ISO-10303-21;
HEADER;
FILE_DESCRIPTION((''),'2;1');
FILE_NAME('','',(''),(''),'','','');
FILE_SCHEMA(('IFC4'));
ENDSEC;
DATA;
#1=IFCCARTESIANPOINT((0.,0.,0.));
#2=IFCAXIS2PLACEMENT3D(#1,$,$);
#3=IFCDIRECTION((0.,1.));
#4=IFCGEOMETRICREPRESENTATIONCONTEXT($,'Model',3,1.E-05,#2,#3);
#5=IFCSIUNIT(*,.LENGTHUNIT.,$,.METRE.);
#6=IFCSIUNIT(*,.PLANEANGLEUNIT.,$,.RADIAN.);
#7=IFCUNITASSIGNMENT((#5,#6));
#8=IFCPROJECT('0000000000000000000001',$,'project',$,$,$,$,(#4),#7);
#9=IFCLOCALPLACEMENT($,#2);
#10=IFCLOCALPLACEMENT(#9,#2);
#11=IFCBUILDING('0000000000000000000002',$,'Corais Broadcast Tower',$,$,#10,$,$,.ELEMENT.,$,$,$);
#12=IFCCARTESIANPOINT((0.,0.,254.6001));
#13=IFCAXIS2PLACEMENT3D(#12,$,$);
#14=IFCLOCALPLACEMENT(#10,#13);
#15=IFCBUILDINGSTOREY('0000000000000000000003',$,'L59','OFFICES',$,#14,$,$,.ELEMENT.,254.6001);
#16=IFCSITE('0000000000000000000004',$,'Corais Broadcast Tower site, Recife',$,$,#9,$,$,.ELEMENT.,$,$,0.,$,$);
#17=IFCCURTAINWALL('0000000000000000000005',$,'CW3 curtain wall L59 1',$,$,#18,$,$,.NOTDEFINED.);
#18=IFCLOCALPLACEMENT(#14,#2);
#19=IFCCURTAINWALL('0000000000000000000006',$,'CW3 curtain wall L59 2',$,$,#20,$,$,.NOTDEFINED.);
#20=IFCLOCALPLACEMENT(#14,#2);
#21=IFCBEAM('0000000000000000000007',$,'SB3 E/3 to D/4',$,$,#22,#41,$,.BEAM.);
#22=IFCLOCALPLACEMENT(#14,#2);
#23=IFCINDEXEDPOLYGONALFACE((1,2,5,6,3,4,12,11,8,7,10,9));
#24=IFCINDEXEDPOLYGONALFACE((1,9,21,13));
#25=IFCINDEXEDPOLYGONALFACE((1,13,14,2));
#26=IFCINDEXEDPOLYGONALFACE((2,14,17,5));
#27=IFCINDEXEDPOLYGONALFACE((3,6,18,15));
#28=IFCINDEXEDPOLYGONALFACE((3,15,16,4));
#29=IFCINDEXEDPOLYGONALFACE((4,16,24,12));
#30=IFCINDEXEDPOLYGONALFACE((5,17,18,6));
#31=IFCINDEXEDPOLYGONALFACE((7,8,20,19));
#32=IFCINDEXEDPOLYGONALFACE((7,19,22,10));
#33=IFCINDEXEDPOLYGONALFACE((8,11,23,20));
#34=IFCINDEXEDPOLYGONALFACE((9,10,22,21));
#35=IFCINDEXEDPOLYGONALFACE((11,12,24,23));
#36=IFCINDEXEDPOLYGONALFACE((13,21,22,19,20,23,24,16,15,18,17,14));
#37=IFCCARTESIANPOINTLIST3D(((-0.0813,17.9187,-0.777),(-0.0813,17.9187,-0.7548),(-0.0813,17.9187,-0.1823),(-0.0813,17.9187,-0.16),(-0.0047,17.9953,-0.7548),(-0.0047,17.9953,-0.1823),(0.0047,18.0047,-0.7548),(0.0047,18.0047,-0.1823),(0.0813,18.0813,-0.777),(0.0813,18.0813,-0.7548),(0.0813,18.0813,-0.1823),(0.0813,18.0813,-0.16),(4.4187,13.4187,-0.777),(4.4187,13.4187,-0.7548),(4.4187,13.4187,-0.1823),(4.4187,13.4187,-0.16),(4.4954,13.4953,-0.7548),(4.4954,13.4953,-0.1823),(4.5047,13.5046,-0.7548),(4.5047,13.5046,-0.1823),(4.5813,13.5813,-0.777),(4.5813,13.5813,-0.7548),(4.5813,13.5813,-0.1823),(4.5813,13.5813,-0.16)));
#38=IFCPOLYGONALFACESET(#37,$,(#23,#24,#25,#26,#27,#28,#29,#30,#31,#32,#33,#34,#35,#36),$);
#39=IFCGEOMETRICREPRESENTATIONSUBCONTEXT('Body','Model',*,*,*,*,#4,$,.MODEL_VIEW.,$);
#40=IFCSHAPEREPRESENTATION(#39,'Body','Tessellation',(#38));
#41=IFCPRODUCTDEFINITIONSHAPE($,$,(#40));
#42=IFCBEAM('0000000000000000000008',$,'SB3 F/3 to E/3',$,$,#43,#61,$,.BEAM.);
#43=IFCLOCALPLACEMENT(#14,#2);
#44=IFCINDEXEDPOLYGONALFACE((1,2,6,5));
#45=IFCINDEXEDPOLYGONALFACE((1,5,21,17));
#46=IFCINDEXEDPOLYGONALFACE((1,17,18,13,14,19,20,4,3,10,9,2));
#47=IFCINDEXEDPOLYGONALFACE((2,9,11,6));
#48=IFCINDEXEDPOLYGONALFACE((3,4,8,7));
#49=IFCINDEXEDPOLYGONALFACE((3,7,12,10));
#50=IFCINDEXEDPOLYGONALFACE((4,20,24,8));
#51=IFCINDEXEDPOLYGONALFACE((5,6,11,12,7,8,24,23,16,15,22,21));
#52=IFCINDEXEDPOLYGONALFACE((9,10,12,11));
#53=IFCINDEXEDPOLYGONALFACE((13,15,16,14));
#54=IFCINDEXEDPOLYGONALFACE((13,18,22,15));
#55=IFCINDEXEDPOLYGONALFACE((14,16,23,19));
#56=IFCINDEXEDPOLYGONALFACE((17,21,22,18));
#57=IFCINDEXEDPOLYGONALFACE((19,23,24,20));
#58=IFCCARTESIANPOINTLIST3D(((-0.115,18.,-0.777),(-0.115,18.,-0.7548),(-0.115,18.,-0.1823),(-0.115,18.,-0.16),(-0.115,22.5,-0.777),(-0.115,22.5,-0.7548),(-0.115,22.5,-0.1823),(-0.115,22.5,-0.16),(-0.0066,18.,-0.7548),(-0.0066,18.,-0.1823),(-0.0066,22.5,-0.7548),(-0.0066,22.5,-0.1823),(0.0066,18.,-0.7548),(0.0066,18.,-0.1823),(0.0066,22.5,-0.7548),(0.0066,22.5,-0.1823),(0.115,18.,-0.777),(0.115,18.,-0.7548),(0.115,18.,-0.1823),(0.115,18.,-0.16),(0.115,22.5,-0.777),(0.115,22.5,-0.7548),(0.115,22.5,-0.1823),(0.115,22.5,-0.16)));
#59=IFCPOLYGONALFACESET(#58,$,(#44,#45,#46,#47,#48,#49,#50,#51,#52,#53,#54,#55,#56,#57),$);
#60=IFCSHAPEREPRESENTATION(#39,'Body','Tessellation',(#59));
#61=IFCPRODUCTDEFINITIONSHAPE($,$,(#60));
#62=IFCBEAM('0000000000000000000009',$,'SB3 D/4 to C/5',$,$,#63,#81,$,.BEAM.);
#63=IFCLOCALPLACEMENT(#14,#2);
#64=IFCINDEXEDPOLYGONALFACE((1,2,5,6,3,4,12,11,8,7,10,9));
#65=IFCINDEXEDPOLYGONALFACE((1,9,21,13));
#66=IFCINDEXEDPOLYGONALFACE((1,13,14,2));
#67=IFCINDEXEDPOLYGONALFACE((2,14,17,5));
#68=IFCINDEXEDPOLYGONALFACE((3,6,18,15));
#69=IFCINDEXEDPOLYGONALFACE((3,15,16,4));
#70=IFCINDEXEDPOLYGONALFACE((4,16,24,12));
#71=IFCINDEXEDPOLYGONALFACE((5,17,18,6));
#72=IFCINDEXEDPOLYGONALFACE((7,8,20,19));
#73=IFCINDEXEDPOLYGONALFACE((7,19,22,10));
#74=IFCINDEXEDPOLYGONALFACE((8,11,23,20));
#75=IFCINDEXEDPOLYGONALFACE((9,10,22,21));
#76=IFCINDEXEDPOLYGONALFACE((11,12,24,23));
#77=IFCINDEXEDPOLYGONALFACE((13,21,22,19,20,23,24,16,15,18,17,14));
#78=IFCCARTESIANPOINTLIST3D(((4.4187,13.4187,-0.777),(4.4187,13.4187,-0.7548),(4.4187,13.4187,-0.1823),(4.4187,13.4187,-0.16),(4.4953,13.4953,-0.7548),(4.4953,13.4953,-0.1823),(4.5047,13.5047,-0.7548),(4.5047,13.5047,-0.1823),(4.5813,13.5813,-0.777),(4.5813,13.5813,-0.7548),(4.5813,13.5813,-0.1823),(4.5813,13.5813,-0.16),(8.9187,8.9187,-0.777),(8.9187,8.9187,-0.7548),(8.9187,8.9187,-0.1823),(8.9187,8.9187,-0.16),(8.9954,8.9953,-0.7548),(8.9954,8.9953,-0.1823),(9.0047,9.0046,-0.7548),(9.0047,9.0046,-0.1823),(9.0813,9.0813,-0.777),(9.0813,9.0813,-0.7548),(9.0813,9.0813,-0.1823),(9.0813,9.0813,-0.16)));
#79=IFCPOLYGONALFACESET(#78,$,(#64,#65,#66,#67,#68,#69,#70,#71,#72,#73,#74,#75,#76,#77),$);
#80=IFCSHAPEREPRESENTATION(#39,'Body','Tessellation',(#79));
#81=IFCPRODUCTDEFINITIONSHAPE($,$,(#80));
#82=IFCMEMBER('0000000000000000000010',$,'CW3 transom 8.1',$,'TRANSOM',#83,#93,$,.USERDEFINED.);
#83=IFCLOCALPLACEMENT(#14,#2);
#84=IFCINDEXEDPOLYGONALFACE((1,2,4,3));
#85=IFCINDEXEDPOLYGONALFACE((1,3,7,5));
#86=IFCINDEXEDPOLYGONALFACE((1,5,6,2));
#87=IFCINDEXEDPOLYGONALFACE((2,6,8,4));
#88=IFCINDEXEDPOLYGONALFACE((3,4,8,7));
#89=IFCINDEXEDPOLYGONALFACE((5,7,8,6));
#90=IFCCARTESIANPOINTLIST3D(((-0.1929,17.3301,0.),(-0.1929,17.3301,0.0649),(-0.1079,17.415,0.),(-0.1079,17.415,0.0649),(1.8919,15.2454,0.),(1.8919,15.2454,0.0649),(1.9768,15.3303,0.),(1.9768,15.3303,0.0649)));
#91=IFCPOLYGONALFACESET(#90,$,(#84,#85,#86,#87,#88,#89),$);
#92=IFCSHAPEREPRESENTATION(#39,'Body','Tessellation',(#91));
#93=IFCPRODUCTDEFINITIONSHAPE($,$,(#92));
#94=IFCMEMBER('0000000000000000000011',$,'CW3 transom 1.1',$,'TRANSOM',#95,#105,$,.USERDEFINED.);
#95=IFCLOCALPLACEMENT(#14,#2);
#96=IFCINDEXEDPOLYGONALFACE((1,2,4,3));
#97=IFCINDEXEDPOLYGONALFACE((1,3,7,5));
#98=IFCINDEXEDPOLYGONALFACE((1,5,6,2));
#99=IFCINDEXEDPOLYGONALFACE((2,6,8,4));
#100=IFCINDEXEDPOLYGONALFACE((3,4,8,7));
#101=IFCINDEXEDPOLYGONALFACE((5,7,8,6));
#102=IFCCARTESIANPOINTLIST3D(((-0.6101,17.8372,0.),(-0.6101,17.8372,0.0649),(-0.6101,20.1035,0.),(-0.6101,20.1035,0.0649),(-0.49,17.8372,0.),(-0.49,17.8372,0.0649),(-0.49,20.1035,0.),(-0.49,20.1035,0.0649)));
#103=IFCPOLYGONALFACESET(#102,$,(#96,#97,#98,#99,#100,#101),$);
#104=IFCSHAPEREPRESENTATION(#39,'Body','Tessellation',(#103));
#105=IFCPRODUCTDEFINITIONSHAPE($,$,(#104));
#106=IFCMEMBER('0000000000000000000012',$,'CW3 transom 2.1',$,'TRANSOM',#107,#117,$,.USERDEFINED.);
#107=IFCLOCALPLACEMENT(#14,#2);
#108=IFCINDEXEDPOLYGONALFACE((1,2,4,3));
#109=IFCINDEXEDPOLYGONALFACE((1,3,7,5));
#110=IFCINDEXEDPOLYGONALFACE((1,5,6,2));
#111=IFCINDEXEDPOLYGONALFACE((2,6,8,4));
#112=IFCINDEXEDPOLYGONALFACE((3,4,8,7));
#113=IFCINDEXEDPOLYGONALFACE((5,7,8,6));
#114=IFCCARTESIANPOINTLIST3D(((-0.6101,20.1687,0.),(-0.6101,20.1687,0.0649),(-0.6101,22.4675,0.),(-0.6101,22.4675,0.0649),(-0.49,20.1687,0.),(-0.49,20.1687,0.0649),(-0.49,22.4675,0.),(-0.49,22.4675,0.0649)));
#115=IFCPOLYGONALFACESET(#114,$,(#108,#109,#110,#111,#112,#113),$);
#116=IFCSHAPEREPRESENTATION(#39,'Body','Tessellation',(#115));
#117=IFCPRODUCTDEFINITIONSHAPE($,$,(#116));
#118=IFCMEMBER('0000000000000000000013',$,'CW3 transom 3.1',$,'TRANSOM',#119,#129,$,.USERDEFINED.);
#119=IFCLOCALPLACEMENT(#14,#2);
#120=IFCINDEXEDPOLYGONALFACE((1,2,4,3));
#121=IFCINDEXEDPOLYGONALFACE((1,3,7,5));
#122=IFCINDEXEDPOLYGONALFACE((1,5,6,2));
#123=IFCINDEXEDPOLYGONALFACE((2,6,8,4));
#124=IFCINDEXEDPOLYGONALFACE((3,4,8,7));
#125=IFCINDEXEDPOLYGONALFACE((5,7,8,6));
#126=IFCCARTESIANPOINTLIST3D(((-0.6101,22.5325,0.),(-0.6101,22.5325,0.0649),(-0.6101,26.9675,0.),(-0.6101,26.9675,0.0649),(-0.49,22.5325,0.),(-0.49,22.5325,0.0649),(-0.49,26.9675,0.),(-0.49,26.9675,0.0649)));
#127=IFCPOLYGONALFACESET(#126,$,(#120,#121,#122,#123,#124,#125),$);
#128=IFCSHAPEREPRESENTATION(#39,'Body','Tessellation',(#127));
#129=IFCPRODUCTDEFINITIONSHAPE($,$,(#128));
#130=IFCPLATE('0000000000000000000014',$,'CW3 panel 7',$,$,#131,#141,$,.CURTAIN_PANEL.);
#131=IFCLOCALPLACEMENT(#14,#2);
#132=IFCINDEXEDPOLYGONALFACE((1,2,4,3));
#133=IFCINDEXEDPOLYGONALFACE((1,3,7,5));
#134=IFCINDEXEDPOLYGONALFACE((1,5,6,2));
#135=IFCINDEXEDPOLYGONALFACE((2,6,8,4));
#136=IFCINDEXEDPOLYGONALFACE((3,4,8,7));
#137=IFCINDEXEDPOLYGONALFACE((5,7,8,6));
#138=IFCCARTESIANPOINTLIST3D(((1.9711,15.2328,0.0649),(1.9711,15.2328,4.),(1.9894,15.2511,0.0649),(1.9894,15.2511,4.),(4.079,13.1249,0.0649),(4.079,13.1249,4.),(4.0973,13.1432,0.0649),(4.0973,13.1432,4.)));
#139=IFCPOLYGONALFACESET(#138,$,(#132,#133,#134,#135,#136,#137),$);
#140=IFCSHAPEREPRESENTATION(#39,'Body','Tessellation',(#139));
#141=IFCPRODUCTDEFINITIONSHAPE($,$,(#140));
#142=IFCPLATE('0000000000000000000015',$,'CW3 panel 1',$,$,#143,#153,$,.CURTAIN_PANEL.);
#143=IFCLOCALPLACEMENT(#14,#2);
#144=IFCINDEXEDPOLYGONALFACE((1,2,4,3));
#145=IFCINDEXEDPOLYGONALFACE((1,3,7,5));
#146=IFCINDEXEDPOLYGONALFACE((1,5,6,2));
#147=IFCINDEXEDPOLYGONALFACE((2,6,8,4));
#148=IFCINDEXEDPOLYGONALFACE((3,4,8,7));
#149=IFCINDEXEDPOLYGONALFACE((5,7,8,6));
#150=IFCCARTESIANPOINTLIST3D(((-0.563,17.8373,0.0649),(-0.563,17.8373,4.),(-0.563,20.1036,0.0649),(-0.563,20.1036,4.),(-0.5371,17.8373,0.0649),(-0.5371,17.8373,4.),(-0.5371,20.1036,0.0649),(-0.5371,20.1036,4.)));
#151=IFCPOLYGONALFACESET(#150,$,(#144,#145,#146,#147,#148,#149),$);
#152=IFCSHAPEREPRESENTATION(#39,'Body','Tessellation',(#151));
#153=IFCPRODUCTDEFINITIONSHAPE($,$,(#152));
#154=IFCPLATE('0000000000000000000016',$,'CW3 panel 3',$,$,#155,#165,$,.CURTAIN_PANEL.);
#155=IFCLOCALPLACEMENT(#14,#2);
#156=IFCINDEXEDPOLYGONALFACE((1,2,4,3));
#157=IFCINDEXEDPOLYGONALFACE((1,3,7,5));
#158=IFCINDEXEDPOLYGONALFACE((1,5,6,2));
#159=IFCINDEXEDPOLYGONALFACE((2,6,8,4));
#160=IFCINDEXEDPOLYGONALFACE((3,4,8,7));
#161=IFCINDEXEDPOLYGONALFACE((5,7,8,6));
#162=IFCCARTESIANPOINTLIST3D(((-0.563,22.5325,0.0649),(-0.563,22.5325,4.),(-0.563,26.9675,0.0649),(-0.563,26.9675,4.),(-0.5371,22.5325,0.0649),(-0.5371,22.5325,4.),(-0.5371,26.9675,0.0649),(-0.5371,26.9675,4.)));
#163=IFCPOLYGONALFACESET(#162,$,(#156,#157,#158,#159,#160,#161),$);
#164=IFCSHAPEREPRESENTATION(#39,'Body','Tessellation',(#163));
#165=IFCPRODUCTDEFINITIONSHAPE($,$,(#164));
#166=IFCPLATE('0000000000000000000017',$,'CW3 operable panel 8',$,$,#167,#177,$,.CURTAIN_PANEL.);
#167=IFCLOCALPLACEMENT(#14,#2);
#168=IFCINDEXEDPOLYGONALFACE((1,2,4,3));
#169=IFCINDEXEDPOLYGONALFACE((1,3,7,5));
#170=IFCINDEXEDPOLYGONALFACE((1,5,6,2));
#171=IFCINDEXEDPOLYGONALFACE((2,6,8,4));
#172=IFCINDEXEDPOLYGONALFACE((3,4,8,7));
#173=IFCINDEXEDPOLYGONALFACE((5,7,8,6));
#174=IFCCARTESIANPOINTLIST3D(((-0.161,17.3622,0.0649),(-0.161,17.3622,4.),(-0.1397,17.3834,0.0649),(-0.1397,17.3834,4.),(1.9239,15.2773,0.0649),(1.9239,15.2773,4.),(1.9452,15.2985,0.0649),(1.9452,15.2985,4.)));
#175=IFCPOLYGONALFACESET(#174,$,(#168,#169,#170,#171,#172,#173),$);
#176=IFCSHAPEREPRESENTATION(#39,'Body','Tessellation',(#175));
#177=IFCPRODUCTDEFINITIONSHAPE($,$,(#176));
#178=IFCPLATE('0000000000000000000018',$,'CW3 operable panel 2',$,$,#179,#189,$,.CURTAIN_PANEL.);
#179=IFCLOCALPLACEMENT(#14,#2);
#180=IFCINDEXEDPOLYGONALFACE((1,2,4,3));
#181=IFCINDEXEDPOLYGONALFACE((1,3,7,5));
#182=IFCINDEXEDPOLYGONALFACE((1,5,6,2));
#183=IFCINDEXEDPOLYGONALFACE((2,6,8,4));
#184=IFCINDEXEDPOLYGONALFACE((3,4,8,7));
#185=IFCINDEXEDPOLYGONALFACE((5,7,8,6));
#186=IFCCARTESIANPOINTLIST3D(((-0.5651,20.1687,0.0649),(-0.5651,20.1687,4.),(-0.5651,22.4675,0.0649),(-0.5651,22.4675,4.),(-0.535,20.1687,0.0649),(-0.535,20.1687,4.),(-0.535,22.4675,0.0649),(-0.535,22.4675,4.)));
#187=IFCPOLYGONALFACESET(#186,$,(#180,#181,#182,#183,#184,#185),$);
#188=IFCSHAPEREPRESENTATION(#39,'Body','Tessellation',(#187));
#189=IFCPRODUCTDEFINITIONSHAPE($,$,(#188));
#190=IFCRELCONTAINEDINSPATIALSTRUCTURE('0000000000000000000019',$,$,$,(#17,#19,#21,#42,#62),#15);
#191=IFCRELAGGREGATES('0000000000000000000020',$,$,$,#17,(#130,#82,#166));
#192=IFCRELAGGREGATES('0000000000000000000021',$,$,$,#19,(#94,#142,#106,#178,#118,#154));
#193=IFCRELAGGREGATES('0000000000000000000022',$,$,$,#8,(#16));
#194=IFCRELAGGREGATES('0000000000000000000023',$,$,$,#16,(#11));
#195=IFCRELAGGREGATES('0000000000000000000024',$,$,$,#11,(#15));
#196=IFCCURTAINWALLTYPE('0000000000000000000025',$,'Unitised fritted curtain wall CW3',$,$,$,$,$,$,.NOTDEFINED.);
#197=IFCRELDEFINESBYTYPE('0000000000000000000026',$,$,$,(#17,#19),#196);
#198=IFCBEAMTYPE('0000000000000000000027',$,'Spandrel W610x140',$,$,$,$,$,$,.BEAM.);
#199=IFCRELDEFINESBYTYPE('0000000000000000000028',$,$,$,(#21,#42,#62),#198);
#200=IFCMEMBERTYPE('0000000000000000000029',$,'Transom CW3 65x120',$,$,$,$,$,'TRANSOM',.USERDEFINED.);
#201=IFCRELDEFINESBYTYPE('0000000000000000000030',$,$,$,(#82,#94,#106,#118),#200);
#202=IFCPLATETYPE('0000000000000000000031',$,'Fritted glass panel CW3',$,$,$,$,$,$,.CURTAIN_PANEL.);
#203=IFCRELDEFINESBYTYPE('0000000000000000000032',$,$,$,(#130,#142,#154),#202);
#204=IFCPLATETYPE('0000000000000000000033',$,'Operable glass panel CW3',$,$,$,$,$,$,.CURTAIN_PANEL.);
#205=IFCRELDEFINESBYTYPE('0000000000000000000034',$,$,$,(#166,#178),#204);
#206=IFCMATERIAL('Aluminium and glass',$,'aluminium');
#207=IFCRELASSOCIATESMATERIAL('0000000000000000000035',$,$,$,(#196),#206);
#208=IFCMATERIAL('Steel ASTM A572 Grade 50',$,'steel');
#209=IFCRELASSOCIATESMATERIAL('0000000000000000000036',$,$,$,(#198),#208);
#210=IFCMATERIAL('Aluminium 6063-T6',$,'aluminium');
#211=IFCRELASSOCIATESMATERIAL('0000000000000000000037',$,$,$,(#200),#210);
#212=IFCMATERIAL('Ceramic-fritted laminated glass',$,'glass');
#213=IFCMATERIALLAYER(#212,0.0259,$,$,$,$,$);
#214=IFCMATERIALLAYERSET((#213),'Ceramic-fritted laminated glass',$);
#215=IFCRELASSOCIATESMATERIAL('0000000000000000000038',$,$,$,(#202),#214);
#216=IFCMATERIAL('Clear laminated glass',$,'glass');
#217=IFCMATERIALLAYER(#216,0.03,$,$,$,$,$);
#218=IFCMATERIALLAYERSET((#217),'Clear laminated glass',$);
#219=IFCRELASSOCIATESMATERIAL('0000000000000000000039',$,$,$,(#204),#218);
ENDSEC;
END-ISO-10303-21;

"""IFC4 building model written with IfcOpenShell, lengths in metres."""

from ifc_helpers import new_model, si_unit, direction, frame, origin, origin_2d, place, context, subcontext, project, spatial, rectangle, i_section, extrude, material, layer, layer_set, material_profile, profile_set, type_object, element, aggregate, save


model = new_model("IFC4")

# Units and contexts
model_context = context("Model", 3, precision=1e-05, world=origin(), true_north=direction((0.0, 1.0)))
body_context = subcontext(model_context, "Body", "Model", "MODEL_VIEW")
ifc_project = project(units=[si_unit("LENGTHUNIT", "METRE"), si_unit("PLANEANGLEUNIT", "RADIAN")], contexts=[model_context])

# Site, building, storey
site_placement = place(None, origin())
site = spatial("IfcSite", under=ifc_project, at=site_placement, Name="Corais Broadcast Tower site, Recife", CompositionType="ELEMENT", RefElevation=0.0)
building_placement = place(site_placement, origin())
building = spatial("IfcBuilding", under=site, at=building_placement, Name="Corais Broadcast Tower", CompositionType="ELEMENT")
storey_placement = place(building_placement, frame((0.0, 0.0, 254.6001)))
storey = spatial("IfcBuildingStorey", under=building, at=storey_placement, Name="L59", Description="OFFICES", CompositionType="ELEMENT", Elevation=254.6001)

# Curtain walls
ifc_material_1 = material(Name="Aluminium and glass", Category="aluminium")
curtain_wall_type = type_object("IfcCurtainWallType", Name="Unitised fritted curtain wall CW3", PredefinedType="NOTDEFINED", material=ifc_material_1)
curtain_wall_1_placement = place(storey_placement, origin())
curtain_wall_1 = element("IfcCurtainWall", 1, at=curtain_wall_1_placement, inside=storey, type_object=curtain_wall_type, Name="CW3 curtain wall L59 1", PredefinedType="NOTDEFINED")
curtain_wall_2_placement = place(storey_placement, origin())
curtain_wall_2 = element("IfcCurtainWall", 2, at=curtain_wall_2_placement, inside=storey, type_object=curtain_wall_type, Name="CW3 curtain wall L59 2", PredefinedType="NOTDEFINED")

# Beams
ifc_material_2 = material(Name="Steel ASTM A572 Grade 50", Category="steel")
ifc_material_profile_1 = material_profile(ifc_material_2, i_section(OverallWidth=0.23, OverallDepth=0.6169, WebThickness=0.0132, FlangeThickness=0.0222, at=origin_2d()), Name="W610x140")
ifc_profile_set_1 = profile_set([ifc_material_profile_1], Name="Steel ASTM A572 Grade 50")
beam_type_1 = type_object("IfcBeamType", Name="Spandrel W610x140", PredefinedType="BEAM", material=ifc_profile_set_1)
beam_1_placement = place(storey_placement, frame((0.0, 18.0, -0.4685), z_axis=(0.707107, -0.707107, 0.0), x_axis=(0.707107, 0.707107, 0.0)))
element("IfcBeam", 3, at=beam_1_placement, inside=storey, type_object=beam_type_1, Name="SB3 E/3 to D/4", PredefinedType="BEAM", context=body_context, shape_type="SweptSolid", body=[
    extrude(i_section(OverallWidth=0.23, OverallDepth=0.6169, WebThickness=0.0132, FlangeThickness=0.0222, at=origin_2d()), origin(), (0.0, 0.0, 1.0), 6.364),
])
beam_2_placement = place(storey_placement, frame((0.0, 22.5, -0.4685), z_axis=(0.0, -1.0, 0.0), x_axis=(1.0, 0.0, 0.0)))
element("IfcBeam", 4, at=beam_2_placement, inside=storey, type_object=beam_type_1, Name="SB3 F/3 to E/3", PredefinedType="BEAM", context=body_context, shape_type="SweptSolid", body=[
    extrude(i_section(OverallWidth=0.23, OverallDepth=0.6169, WebThickness=0.0132, FlangeThickness=0.0222, at=origin_2d()), origin(), (0.0, 0.0, 1.0), 4.5),
])
beam_3_placement = place(storey_placement, frame((4.5, 13.5, -0.4685), z_axis=(0.707107, -0.707107, 0.0), x_axis=(0.707107, 0.707107, 0.0)))
element("IfcBeam", 5, at=beam_3_placement, inside=storey, type_object=beam_type_1, Name="SB3 D/4 to C/5", PredefinedType="BEAM", context=body_context, shape_type="SweptSolid", body=[
    extrude(i_section(OverallWidth=0.23, OverallDepth=0.6169, WebThickness=0.0132, FlangeThickness=0.0222, at=origin_2d()), origin(), (0.0, 0.0, 1.0), 6.364),
])

# Members
ifc_material_3 = material(Name="Aluminium 6063-T6", Category="aluminium")
ifc_material_profile_2 = material_profile(ifc_material_3, rectangle(XDim=0.1201, YDim=0.0649, at=origin_2d()), Name="Transom CW3 65x120")
ifc_profile_set_2 = profile_set([ifc_material_profile_2], Name="Aluminium 6063-T6")
member_type_1 = type_object("IfcMemberType", Name="Transom CW3 65x120", ElementType="TRANSOM", PredefinedType="USERDEFINED", material=ifc_profile_set_2)
member_1_placement = place(storey_placement, frame((1.9343, 15.2878, 0.0325), z_axis=(-0.707107, 0.707107, 0.0), x_axis=(-0.707107, -0.707107, 0.0)))
member_1 = element("IfcMember", 6, at=member_1_placement, type_object=member_type_1, Name="CW3 transom 8.1", ObjectType="TRANSOM", PredefinedType="USERDEFINED", context=body_context, shape_type="SweptSolid", body=[
    extrude(rectangle(XDim=0.1201, YDim=0.0649, at=origin_2d()), origin(), (0.0, 0.0, 1.0), 2.9482),
])
member_2_placement = place(storey_placement, frame((-0.55, 17.8372, 0.0325), z_axis=(0.0, 1.0, 0.0), x_axis=(-1.0, 0.0, 0.0)))
member_2 = element("IfcMember", 7, at=member_2_placement, type_object=member_type_1, Name="CW3 transom 1.1", ObjectType="TRANSOM", PredefinedType="USERDEFINED", context=body_context, shape_type="SweptSolid", body=[
    extrude(rectangle(XDim=0.1201, YDim=0.0649, at=origin_2d()), origin(), (0.0, 0.0, 1.0), 2.2664),
])
member_3_placement = place(storey_placement, frame((-0.55, 20.1687, 0.0325), z_axis=(0.0, 1.0, 0.0), x_axis=(-1.0, 0.0, 0.0)))
member_3 = element("IfcMember", 8, at=member_3_placement, type_object=member_type_1, Name="CW3 transom 2.1", ObjectType="TRANSOM", PredefinedType="USERDEFINED", context=body_context, shape_type="SweptSolid", body=[
    extrude(rectangle(XDim=0.1201, YDim=0.0649, at=origin_2d()), origin(), (0.0, 0.0, 1.0), 2.2988),
])
member_4_placement = place(storey_placement, frame((-0.55, 22.5325, 0.0325), z_axis=(0.0, 1.0, 0.0), x_axis=(-1.0, 0.0, 0.0)))
member_4 = element("IfcMember", 9, at=member_4_placement, type_object=member_type_1, Name="CW3 transom 3.1", ObjectType="TRANSOM", PredefinedType="USERDEFINED", context=body_context, shape_type="SweptSolid", body=[
    extrude(rectangle(XDim=0.1201, YDim=0.0649, at=origin_2d()), origin(), (0.0, 0.0, 1.0), 4.4351),
])

# Plates
ifc_material_4 = material(Name="Ceramic-fritted laminated glass", Category="glass")
ifc_layer_1 = layer(ifc_material_4, 0.0259)
ifc_layer_set_1 = layer_set([ifc_layer_1], Name="Ceramic-fritted laminated glass")
plate_type_1 = type_object("IfcPlateType", Name="Fritted glass panel CW3", PredefinedType="CURTAIN_PANEL", material=ifc_layer_set_1)
plate_1_placement = place(storey_placement, frame((3.0342, 14.188, 0.0649), z_axis=(0.0, 0.0, 1.0), x_axis=(-0.707107, 0.707107, 0.0)))
plate_1 = element("IfcPlate", 10, at=plate_1_placement, type_object=plate_type_1, Name="CW3 panel 7", PredefinedType="CURTAIN_PANEL", context=body_context, shape_type="SweptSolid", body=[
    extrude(rectangle(XDim=2.981, YDim=0.0259, at=origin_2d()), origin(), (0.0, 0.0, 1.0), 3.9351),
])
plate_2_placement = place(storey_placement, frame((-0.55, 18.9705, 0.0649), z_axis=(0.0, 0.0, 1.0), x_axis=(0.0, 1.0, 0.0)))
plate_2 = element("IfcPlate", 11, at=plate_2_placement, type_object=plate_type_1, Name="CW3 panel 1", PredefinedType="CURTAIN_PANEL", context=body_context, shape_type="SweptSolid", body=[
    extrude(rectangle(XDim=2.2664, YDim=0.0259, at=origin_2d()), origin(), (0.0, 0.0, 1.0), 3.9351),
])
plate_3_placement = place(storey_placement, frame((-0.55, 24.75, 0.0649), z_axis=(0.0, 0.0, 1.0), x_axis=(0.0, 1.0, 0.0)))
plate_3 = element("IfcPlate", 12, at=plate_3_placement, type_object=plate_type_1, Name="CW3 panel 3", PredefinedType="CURTAIN_PANEL", context=body_context, shape_type="SweptSolid", body=[
    extrude(rectangle(XDim=4.4351, YDim=0.0259, at=origin_2d()), origin(), (0.0, 0.0, 1.0), 3.9351),
])
ifc_material_5 = material(Name="Clear laminated glass", Category="glass")
ifc_layer_2 = layer(ifc_material_5, 0.03)
ifc_layer_set_2 = layer_set([ifc_layer_2], Name="Clear laminated glass")
plate_type_2 = type_object("IfcPlateType", Name="Operable glass panel CW3", PredefinedType="CURTAIN_PANEL", material=ifc_layer_set_2)
plate_4_placement = place(storey_placement, frame((0.8921, 16.3303, 0.0649), z_axis=(0.0, 0.0, 1.0), x_axis=(-0.707107, 0.707107, 0.0)))
plate_4 = element("IfcPlate", 13, at=plate_4_placement, type_object=plate_type_2, Name="CW3 operable panel 8", PredefinedType="CURTAIN_PANEL", context=body_context, shape_type="SweptSolid", body=[
    extrude(rectangle(XDim=2.9485, YDim=0.03, at=origin_2d()), origin(), (0.0, 0.0, 1.0), 3.9351),
])
aggregate(curtain_wall_1, [plate_1, member_1, plate_4])
plate_5_placement = place(storey_placement, frame((-0.55, 21.3181, 0.0649), z_axis=(0.0, 0.0, 1.0), x_axis=(0.0, 1.0, 0.0)))
plate_5 = element("IfcPlate", 14, at=plate_5_placement, type_object=plate_type_2, Name="CW3 operable panel 2", PredefinedType="CURTAIN_PANEL", context=body_context, shape_type="SweptSolid", body=[
    extrude(rectangle(XDim=2.2988, YDim=0.03, at=origin_2d()), origin(), (0.0, 0.0, 1.0), 3.9351),
])
aggregate(curtain_wall_2, [member_2, plate_2, member_3, plate_5, member_4, plate_3])

save(model, "model.ifc")
